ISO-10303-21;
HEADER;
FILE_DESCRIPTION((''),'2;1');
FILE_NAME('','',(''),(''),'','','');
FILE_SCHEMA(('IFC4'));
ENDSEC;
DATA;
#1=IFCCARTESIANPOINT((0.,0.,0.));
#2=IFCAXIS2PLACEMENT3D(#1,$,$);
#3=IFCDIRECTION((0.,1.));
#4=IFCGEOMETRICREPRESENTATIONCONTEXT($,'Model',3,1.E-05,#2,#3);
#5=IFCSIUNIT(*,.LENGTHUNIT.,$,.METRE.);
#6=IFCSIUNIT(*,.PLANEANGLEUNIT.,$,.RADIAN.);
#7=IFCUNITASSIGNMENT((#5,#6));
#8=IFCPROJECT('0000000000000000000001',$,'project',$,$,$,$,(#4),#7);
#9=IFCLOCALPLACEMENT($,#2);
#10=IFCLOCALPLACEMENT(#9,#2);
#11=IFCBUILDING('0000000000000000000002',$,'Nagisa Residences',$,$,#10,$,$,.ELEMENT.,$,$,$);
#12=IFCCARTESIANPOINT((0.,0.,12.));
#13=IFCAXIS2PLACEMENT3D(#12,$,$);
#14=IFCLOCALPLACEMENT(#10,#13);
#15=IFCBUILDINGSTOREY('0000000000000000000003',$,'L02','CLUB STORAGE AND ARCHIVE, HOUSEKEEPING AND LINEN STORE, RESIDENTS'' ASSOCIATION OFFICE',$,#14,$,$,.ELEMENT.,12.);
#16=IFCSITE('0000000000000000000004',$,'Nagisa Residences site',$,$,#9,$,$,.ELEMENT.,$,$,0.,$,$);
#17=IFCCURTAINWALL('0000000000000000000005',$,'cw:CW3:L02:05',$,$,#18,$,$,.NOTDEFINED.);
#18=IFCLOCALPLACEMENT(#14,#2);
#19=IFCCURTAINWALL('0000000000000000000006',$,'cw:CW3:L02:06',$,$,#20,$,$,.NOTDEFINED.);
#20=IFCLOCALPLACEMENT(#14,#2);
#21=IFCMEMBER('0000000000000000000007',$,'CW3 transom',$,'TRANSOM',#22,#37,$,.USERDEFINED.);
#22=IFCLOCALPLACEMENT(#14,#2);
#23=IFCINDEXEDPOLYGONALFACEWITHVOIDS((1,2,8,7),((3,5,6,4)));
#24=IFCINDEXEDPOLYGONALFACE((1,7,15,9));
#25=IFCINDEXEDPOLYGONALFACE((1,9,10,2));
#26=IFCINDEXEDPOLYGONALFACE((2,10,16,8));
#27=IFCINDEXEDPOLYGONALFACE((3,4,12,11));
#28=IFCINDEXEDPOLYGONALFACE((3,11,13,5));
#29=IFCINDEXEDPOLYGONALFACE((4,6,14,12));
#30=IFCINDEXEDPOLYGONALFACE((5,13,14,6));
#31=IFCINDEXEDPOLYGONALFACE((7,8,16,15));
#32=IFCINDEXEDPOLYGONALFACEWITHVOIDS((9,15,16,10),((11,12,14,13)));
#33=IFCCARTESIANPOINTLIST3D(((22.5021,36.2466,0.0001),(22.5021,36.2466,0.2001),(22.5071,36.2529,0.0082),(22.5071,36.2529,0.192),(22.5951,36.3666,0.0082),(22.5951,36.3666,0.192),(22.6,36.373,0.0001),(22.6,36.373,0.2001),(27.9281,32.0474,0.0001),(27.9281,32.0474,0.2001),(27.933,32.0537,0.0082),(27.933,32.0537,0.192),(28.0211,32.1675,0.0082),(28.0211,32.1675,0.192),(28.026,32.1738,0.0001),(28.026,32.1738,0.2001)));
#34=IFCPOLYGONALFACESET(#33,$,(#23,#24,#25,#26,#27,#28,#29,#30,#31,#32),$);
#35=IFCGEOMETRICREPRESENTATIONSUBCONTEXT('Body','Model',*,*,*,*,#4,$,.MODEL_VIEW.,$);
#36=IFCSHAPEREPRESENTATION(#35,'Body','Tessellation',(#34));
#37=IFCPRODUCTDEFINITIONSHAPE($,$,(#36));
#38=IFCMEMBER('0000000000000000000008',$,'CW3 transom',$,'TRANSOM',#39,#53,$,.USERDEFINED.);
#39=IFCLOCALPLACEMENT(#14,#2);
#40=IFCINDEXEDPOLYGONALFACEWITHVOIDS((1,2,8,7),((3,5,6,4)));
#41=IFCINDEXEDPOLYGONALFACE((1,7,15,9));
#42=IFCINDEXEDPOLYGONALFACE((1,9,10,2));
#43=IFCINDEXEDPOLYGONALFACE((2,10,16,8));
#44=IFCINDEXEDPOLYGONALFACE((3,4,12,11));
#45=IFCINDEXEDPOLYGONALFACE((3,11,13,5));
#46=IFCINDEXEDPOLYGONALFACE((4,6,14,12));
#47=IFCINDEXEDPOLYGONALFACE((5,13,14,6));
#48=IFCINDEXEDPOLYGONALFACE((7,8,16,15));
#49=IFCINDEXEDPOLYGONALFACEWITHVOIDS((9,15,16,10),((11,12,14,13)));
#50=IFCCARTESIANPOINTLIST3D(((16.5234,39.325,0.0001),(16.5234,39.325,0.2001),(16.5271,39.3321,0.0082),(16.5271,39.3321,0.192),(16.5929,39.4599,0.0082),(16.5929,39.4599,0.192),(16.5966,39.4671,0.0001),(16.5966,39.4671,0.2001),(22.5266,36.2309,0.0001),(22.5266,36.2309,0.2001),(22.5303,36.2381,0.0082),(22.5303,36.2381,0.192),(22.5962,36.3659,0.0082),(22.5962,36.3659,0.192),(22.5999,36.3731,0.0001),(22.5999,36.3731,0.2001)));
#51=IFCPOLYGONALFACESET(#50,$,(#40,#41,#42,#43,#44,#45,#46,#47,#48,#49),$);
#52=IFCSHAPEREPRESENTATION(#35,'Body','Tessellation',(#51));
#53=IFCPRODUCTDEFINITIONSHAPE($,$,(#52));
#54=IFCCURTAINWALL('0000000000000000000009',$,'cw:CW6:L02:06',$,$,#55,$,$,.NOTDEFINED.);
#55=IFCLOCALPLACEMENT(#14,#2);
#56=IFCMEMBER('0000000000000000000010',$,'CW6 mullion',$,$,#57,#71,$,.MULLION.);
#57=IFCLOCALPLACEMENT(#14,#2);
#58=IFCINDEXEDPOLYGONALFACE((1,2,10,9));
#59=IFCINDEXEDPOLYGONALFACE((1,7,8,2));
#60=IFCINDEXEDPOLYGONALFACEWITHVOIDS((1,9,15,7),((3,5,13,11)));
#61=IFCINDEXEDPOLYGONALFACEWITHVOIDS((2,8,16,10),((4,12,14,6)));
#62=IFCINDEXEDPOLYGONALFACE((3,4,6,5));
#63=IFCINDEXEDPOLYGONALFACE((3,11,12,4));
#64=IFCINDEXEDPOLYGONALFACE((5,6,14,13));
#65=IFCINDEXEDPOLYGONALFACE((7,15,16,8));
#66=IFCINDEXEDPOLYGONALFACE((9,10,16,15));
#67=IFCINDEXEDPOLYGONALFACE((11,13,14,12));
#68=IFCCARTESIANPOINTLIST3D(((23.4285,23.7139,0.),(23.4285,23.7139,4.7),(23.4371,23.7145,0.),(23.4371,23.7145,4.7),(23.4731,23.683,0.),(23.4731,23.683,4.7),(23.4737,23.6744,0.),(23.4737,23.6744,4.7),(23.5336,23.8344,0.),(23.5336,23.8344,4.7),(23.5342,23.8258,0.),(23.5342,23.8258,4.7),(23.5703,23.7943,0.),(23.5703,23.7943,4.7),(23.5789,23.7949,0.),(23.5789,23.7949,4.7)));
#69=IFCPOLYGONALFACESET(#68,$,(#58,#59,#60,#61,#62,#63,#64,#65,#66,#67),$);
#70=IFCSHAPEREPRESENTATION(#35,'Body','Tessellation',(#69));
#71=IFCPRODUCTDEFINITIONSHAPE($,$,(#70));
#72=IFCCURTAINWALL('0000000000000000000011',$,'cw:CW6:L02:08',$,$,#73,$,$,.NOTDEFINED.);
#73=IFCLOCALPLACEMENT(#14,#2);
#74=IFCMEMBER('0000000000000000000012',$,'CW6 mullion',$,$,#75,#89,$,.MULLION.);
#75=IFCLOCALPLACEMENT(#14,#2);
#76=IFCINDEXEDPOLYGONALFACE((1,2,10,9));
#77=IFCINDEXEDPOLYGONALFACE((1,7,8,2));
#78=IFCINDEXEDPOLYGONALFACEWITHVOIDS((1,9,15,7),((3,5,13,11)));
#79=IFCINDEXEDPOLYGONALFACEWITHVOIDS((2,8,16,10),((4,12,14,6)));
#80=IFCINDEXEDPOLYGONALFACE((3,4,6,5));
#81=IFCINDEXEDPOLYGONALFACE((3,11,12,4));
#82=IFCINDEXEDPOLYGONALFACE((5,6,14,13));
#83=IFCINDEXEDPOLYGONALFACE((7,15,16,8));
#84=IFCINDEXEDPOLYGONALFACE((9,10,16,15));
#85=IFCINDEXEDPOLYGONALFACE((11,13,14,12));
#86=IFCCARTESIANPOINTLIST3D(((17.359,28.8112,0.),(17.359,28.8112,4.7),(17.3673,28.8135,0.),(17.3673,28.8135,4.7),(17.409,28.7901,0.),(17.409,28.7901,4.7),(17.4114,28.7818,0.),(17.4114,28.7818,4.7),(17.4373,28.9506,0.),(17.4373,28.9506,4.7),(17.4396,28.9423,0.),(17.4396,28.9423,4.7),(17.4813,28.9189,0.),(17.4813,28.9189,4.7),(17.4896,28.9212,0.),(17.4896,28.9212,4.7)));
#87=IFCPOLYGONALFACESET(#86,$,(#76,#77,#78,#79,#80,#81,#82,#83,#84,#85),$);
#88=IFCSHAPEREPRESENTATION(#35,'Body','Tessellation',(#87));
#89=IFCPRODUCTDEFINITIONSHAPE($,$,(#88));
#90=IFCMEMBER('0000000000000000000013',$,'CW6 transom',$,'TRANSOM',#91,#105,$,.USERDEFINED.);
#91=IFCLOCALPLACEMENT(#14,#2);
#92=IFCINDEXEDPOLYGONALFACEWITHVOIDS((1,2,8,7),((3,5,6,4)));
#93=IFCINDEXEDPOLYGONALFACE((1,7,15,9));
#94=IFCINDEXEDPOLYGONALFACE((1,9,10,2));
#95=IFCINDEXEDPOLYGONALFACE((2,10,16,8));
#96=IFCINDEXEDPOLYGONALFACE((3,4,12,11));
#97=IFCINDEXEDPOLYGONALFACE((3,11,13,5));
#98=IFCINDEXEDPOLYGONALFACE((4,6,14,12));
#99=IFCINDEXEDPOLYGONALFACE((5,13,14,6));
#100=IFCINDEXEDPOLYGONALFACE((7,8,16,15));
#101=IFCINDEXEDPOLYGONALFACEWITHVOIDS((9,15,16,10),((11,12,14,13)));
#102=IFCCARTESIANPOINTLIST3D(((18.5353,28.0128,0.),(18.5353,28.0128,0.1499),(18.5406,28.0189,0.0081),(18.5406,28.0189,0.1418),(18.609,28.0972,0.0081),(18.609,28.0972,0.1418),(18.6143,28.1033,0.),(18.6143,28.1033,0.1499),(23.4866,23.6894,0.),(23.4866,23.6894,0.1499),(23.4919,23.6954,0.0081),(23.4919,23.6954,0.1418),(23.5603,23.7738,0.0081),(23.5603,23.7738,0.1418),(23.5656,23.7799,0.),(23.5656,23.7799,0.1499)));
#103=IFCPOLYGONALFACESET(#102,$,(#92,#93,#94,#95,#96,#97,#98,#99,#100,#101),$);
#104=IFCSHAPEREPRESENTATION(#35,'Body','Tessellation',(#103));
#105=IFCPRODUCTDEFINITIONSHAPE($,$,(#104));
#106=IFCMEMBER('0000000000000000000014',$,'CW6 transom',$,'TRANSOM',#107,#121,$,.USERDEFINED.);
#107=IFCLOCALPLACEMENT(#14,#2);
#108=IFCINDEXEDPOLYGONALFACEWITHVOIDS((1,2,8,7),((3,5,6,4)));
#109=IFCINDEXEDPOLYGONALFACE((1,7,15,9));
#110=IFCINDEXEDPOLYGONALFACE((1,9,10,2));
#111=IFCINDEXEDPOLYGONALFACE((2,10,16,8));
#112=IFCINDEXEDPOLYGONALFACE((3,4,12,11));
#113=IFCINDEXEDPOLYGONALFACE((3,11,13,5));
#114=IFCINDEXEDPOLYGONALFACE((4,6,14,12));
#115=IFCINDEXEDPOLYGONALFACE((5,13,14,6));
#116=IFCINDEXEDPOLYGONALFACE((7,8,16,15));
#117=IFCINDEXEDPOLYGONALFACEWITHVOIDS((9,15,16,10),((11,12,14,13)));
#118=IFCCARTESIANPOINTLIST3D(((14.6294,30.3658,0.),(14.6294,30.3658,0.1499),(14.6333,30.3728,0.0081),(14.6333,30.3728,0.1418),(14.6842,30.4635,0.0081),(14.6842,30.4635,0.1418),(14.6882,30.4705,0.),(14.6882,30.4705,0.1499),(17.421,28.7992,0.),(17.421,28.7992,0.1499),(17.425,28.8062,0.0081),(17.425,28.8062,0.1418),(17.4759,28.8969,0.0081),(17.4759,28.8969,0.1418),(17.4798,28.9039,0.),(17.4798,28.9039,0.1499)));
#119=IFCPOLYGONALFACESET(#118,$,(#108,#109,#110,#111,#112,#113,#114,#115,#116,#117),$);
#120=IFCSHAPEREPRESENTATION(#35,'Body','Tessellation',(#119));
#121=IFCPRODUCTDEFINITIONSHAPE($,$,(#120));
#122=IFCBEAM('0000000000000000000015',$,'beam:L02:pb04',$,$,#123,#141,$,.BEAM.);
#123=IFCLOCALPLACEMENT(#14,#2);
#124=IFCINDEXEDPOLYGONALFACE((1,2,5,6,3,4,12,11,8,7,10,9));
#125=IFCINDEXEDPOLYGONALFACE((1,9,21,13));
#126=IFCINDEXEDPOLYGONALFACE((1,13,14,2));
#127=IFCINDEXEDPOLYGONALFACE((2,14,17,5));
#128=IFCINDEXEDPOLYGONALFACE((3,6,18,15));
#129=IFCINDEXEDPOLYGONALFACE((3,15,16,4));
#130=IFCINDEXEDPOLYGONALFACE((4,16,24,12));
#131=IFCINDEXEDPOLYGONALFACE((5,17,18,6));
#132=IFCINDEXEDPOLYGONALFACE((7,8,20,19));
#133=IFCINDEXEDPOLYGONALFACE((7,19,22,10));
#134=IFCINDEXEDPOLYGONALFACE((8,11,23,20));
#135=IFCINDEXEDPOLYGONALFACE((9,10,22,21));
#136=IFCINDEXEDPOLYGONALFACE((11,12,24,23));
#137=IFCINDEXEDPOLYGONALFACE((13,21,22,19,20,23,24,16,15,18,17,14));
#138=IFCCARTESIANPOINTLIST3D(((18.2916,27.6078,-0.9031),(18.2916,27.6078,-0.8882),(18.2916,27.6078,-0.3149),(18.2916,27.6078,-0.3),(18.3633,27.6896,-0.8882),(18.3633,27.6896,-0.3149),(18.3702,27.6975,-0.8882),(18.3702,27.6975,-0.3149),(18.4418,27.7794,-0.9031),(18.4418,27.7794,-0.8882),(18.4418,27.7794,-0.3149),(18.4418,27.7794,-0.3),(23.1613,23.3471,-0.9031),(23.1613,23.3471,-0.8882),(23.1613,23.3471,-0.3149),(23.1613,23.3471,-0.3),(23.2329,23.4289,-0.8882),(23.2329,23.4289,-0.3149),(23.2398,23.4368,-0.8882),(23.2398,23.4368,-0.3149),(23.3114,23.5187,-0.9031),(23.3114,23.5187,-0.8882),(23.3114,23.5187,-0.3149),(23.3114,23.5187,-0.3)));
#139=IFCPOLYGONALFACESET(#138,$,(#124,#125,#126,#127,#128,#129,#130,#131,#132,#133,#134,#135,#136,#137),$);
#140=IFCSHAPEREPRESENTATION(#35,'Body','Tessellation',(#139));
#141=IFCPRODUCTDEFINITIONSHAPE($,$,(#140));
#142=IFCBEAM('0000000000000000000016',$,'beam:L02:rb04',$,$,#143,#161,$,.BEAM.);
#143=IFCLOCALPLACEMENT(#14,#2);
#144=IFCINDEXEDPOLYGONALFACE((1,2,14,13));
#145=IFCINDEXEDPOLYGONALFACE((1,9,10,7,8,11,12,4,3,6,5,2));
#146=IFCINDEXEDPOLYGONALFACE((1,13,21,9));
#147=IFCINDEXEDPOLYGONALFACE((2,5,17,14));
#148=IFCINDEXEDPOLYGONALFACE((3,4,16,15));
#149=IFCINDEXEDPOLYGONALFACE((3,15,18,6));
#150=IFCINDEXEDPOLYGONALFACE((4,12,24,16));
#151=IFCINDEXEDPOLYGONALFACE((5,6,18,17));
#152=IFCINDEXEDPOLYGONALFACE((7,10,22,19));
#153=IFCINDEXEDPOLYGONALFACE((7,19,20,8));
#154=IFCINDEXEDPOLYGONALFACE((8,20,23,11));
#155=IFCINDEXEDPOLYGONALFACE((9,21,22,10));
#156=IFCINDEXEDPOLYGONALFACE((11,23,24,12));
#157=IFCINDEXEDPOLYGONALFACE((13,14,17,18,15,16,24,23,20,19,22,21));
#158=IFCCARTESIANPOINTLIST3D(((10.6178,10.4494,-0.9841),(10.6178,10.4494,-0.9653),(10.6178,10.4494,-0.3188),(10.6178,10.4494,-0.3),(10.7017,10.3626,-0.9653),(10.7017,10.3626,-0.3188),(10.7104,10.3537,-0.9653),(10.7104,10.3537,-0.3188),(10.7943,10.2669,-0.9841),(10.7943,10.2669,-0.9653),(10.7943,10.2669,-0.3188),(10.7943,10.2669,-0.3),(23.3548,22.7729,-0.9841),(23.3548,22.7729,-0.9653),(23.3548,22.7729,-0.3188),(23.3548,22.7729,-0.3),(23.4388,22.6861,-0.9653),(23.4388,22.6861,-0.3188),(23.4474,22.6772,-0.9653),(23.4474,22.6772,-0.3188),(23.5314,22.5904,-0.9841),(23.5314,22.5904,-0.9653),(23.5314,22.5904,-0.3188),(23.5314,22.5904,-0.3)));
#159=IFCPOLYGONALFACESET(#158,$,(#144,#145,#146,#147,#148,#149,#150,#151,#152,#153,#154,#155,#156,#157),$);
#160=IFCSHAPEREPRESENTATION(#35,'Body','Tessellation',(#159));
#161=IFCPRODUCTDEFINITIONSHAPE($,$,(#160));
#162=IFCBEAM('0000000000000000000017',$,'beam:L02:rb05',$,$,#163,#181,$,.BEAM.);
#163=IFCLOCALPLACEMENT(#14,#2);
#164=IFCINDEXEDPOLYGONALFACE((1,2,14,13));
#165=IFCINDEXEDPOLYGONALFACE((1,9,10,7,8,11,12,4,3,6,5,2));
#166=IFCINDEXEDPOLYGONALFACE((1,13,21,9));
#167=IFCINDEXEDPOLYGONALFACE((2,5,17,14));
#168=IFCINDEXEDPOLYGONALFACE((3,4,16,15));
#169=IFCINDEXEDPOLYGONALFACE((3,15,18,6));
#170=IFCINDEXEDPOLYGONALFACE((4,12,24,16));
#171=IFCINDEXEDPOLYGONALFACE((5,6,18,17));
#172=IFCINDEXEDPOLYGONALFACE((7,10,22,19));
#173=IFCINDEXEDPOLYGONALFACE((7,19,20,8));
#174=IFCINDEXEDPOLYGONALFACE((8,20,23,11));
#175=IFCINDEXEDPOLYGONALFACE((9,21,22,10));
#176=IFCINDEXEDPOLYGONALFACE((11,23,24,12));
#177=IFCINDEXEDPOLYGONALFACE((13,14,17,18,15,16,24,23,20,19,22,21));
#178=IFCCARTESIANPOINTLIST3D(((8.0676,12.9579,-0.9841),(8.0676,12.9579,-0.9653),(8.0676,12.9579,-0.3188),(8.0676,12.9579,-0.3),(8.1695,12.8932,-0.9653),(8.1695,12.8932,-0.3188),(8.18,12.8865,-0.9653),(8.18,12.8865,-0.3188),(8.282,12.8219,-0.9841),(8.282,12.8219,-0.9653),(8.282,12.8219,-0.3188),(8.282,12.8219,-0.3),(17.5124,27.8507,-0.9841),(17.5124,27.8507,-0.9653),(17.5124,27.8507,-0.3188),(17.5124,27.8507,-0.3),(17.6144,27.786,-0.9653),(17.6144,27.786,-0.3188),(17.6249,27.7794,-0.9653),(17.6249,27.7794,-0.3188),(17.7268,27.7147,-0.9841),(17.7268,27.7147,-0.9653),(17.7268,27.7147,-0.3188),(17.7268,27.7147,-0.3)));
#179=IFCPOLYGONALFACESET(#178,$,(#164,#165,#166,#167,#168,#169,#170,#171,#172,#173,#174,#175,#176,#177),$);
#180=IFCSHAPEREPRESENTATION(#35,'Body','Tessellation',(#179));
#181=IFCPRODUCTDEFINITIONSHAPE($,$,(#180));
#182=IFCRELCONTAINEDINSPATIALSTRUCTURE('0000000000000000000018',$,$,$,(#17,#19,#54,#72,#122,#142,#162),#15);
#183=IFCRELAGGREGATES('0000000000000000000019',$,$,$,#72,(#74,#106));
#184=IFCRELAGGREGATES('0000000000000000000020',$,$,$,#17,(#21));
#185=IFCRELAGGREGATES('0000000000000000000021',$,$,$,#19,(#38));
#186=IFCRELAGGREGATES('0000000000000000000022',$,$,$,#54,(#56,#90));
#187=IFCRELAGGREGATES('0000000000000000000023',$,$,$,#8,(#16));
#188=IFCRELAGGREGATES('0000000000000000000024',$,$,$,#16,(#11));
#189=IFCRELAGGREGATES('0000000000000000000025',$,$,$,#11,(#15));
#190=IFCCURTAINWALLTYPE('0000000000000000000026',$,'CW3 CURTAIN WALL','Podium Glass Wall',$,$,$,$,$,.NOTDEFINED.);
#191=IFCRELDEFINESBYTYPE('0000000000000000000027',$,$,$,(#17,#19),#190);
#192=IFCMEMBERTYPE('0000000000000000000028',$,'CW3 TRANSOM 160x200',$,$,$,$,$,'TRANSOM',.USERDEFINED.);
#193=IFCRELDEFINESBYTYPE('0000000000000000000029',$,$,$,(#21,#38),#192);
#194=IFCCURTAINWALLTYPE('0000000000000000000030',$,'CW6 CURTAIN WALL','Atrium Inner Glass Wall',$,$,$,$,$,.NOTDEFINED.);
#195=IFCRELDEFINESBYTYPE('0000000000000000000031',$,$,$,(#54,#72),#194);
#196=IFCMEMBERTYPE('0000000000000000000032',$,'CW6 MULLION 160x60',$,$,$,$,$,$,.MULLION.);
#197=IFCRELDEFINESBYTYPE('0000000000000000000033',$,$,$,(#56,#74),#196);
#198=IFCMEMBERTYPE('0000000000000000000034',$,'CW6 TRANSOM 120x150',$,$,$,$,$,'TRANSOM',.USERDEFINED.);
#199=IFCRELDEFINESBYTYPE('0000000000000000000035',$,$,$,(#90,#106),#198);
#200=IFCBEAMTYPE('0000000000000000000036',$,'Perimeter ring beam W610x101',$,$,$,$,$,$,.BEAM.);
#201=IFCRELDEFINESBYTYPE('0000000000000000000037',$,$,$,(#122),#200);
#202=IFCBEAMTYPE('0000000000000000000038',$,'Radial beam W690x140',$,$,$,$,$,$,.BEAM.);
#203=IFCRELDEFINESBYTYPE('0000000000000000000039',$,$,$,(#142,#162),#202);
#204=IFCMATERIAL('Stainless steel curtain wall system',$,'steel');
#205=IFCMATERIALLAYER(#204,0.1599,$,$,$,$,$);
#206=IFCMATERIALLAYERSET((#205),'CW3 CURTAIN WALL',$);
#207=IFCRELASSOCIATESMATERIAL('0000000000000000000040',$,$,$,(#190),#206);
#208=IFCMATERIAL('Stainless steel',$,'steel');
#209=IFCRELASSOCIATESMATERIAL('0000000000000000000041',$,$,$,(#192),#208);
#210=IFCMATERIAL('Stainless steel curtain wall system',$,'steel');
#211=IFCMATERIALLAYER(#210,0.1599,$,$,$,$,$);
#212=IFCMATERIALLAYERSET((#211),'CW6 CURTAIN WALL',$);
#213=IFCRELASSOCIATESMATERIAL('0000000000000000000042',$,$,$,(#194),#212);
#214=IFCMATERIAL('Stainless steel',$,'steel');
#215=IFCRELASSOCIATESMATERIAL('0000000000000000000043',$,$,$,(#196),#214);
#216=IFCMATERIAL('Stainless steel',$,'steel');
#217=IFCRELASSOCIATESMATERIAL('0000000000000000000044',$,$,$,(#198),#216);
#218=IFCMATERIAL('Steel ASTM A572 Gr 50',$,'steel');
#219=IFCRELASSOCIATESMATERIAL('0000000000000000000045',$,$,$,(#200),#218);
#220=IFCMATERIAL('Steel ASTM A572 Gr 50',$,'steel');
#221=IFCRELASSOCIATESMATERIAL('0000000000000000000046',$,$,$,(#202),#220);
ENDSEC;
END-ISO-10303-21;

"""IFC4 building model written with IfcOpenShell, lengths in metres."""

from ifc_helpers import new_model, si_unit, direction, frame, origin, origin_2d, place, context, subcontext, project, spatial, hollow_rectangle, i_section, extrude, material, layer, layer_set, material_profile, profile_set, type_object, element, aggregate, save


model = new_model("IFC4")

# Units and contexts
model_context = context("Model", 3, precision=1e-05, world=origin(), true_north=direction((0.0, 1.0)))
body_context = subcontext(model_context, "Body", "Model", "MODEL_VIEW")
ifc_project = project(units=[si_unit("LENGTHUNIT", "METRE"), si_unit("PLANEANGLEUNIT", "RADIAN")], contexts=[model_context])

# Site, building, storey
site_placement = place(None, origin())
site = spatial("IfcSite", under=ifc_project, at=site_placement, Name="Nagisa Residences site", CompositionType="ELEMENT", RefElevation=0.0)
building_placement = place(site_placement, origin())
building = spatial("IfcBuilding", under=site, at=building_placement, Name="Nagisa Residences", CompositionType="ELEMENT")
storey_placement = place(building_placement, frame((0.0, 0.0, 12.0)))
storey = spatial("IfcBuildingStorey", under=building, at=storey_placement, Name="L02", Description="CLUB STORAGE AND ARCHIVE, HOUSEKEEPING AND LINEN STORE, RESIDENTS' ASSOCIATION OFFICE", CompositionType="ELEMENT", Elevation=12.0)

# Curtain walls
ifc_material_1 = material(Name="Stainless steel curtain wall system", Category="steel")
ifc_layer_1 = layer(ifc_material_1, 0.1599)
ifc_layer_set_1 = layer_set([ifc_layer_1], Name="CW3 CURTAIN WALL")
curtain_wall_type_1 = type_object("IfcCurtainWallType", Name="CW3 CURTAIN WALL", Description="Podium Glass Wall", PredefinedType="NOTDEFINED", material=ifc_layer_set_1)
curtain_wall_1_placement = place(storey_placement, origin())
curtain_wall_1 = element("IfcCurtainWall", 1, at=curtain_wall_1_placement, inside=storey, type_object=curtain_wall_type_1, Name="cw:CW3:L02:05", PredefinedType="NOTDEFINED")
curtain_wall_2_placement = place(storey_placement, origin())
curtain_wall_2 = element("IfcCurtainWall", 2, at=curtain_wall_2_placement, inside=storey, type_object=curtain_wall_type_1, Name="cw:CW3:L02:06", PredefinedType="NOTDEFINED")

# Members
ifc_material_2 = material(Name="Stainless steel", Category="steel")
ifc_material_profile_1 = material_profile(ifc_material_2, hollow_rectangle(XDim=0.1599, YDim=0.2, WallThickness=0.0081, at=origin_2d()), Name="CW3 TRANSOM 160x200")
ifc_profile_set_1 = profile_set([ifc_material_profile_1], Name="Stainless steel")
member_type_1 = type_object("IfcMemberType", Name="CW3 TRANSOM 160x200", ElementType="TRANSOM", PredefinedType="USERDEFINED", material=ifc_profile_set_1)
member_1_placement = place(storey_placement, frame((27.9771, 32.1106, 0.1001), z_axis=(-0.790835, 0.61203, 0.0), x_axis=(-0.61203, -0.790835, 0.0)))
member_1 = element("IfcMember", 3, at=member_1_placement, type_object=member_type_1, Name="CW3 transom", ObjectType="TRANSOM", PredefinedType="USERDEFINED", context=body_context, shape_type="SweptSolid", body=[
    extrude(hollow_rectangle(XDim=0.1599, YDim=0.2, WallThickness=0.0081, at=origin_2d()), origin(), (0.0, 0.0, 1.0), 6.8611),
])
member_2_placement = place(storey_placement, frame((22.5632, 36.302, 0.1001), z_axis=(-0.888887, 0.458126, 0.0), x_axis=(-0.458126, -0.888887, 0.0)))
member_2 = element("IfcMember", 4, at=member_2_placement, type_object=member_type_1, Name="CW3 transom", ObjectType="TRANSOM", PredefinedType="USERDEFINED", context=body_context, shape_type="SweptSolid", body=[
    extrude(hollow_rectangle(XDim=0.1599, YDim=0.2, WallThickness=0.0081, at=origin_2d()), origin(), (0.0, 0.0, 1.0), 6.7537),
])

# Curtain walls, members
ifc_material_3 = material(Name="Stainless steel curtain wall system", Category="steel")
ifc_layer_2 = layer(ifc_material_3, 0.1599)
ifc_layer_set_2 = layer_set([ifc_layer_2], Name="CW6 CURTAIN WALL")
curtain_wall_type_2 = type_object("IfcCurtainWallType", Name="CW6 CURTAIN WALL", Description="Atrium Inner Glass Wall", PredefinedType="NOTDEFINED", material=ifc_layer_set_2)
curtain_wall_3_placement = place(storey_placement, origin())
curtain_wall_3 = element("IfcCurtainWall", 5, at=curtain_wall_3_placement, inside=storey, type_object=curtain_wall_type_2, Name="cw:CW6:L02:06", PredefinedType="NOTDEFINED")
ifc_material_4 = material(Name="Stainless steel", Category="steel")
ifc_material_profile_2 = material_profile(ifc_material_4, hollow_rectangle(XDim=0.1599, YDim=0.0601, WallThickness=0.0061, at=origin_2d()), Name="CW6 MULLION 160x60")
ifc_profile_set_2 = profile_set([ifc_material_profile_2], Name="Stainless steel")
member_type_2 = type_object("IfcMemberType", Name="CW6 MULLION 160x60", PredefinedType="MULLION", material=ifc_profile_set_2)
member_3_placement = place(storey_placement, frame((23.5037, 23.7544, 0.0), z_axis=(0.0, 0.0, 1.0), x_axis=(-0.657721, -0.753261, 0.0)))
member_3 = element("IfcMember", 6, at=member_3_placement, type_object=member_type_2, Name="CW6 mullion", PredefinedType="MULLION", context=body_context, shape_type="SweptSolid", body=[
    extrude(hollow_rectangle(XDim=0.1599, YDim=0.0601, WallThickness=0.0061, at=origin_2d()), origin(), (0.0, 0.0, 1.0), 4.7),
])
curtain_wall_4_placement = place(storey_placement, origin())
curtain_wall_4 = element("IfcCurtainWall", 7, at=curtain_wall_4_placement, inside=storey, type_object=curtain_wall_type_2, Name="cw:CW6:L02:08", PredefinedType="NOTDEFINED")
member_4_placement = place(storey_placement, frame((17.4243, 28.8662, 0.0), z_axis=(0.0, 0.0, 1.0), x_axis=(-0.489377, -0.872072, 0.0)))
member_4 = element("IfcMember", 8, at=member_4_placement, type_object=member_type_2, Name="CW6 mullion", PredefinedType="MULLION", context=body_context, shape_type="SweptSolid", body=[
    extrude(hollow_rectangle(XDim=0.1599, YDim=0.0601, WallThickness=0.0061, at=origin_2d()), origin(), (0.0, 0.0, 1.0), 4.7),
])

# Members
ifc_material_5 = material(Name="Stainless steel", Category="steel")
ifc_material_profile_3 = material_profile(ifc_material_5, hollow_rectangle(XDim=0.1201, YDim=0.1499, WallThickness=0.0081, at=origin_2d()), Name="CW6 TRANSOM 120x150")
ifc_profile_set_3 = profile_set([ifc_material_profile_3], Name="Stainless steel")
member_type_3 = type_object("IfcMemberType", Name="CW6 TRANSOM 120x150", ElementType="TRANSOM", PredefinedType="USERDEFINED", material=ifc_profile_set_3)
member_5_placement = place(storey_placement, frame((23.5261, 23.7346, 0.075), z_axis=(-0.753255, 0.657729, 0.0), x_axis=(-0.657729, -0.753255, 0.0)))
member_5 = element("IfcMember", 9, at=member_5_placement, type_object=member_type_3, Name="CW6 transom", ObjectType="TRANSOM", PredefinedType="USERDEFINED", context=body_context, shape_type="SweptSolid", body=[
    extrude(hollow_rectangle(XDim=0.1201, YDim=0.1499, WallThickness=0.0081, at=origin_2d()), origin(), (0.0, 0.0, 1.0), 6.5732),
])
member_6_placement = place(storey_placement, frame((17.4504, 28.8516, 0.075), z_axis=(-0.87207, 0.489381, 0.0), x_axis=(-0.489381, -0.87207, 0.0)))
member_6 = element("IfcMember", 10, at=member_6_placement, type_object=member_type_3, Name="CW6 transom", ObjectType="TRANSOM", PredefinedType="USERDEFINED", context=body_context, shape_type="SweptSolid", body=[
    extrude(hollow_rectangle(XDim=0.1201, YDim=0.1499, WallThickness=0.0081, at=origin_2d()), origin(), (0.0, 0.0, 1.0), 3.2012),
])
aggregate(curtain_wall_4, [member_4, member_6])

# Beams
ifc_material_6 = material(Name="Steel ASTM A572 Gr 50", Category="steel")
ifc_material_profile_4 = material_profile(ifc_material_6, i_section(OverallWidth=0.228, OverallDepth=0.603, WebThickness=0.0105, FlangeThickness=0.0149, at=origin_2d()), Name="W610x101")
ifc_profile_set_4 = profile_set([ifc_material_profile_4], Name="Steel ASTM A572 Gr 50")
beam_type_1 = type_object("IfcBeamType", Name="Perimeter ring beam W610x101", PredefinedType="BEAM", material=ifc_profile_set_4)
beam_1_placement = place(storey_placement, frame((23.2363, 23.4329, -0.6016), z_axis=(-0.752591, 0.658489, 0.0), x_axis=(-0.658489, -0.752591, 0.0)))
element("IfcBeam", 11, at=beam_1_placement, inside=storey, type_object=beam_type_1, Name="beam:L02:pb04", PredefinedType="BEAM", context=body_context, shape_type="SweptSolid", body=[
    extrude(i_section(OverallWidth=0.228, OverallDepth=0.603, WebThickness=0.0105, FlangeThickness=0.0149, at=origin_2d()), origin(), (0.0, 0.0, 1.0), 6.4705),
])
ifc_material_7 = material(Name="Steel ASTM A572 Gr 50", Category="steel")
ifc_material_profile_5 = material_profile(ifc_material_7, i_section(OverallWidth=0.2539, OverallDepth=0.6841, WebThickness=0.0125, FlangeThickness=0.0188, at=origin_2d()), Name="W690x140")
ifc_profile_set_5 = profile_set([ifc_material_profile_5], Name="Steel ASTM A572 Gr 50")
beam_type_2 = type_object("IfcBeamType", Name="Radial beam W690x140", PredefinedType="BEAM", material=ifc_profile_set_5)
beam_2_placement = place(storey_placement, frame((23.4431, 22.6816, -0.6421), z_axis=(-0.718678, -0.695343, 0.0), x_axis=(0.695343, -0.718678, 0.0)))
element("IfcBeam", 12, at=beam_2_placement, inside=storey, type_object=beam_type_2, Name="beam:L02:rb04", PredefinedType="BEAM", context=body_context, shape_type="SweptSolid", body=[
    extrude(i_section(OverallWidth=0.2539, OverallDepth=0.6841, WebThickness=0.0125, FlangeThickness=0.0188, at=origin_2d()), origin(), (0.0, 0.0, 1.0), 17.7229),
])
beam_3_placement = place(storey_placement, frame((17.6196, 27.7827, -0.6421), z_axis=(-0.535566, -0.844493, 0.0), x_axis=(0.844493, -0.535566, 0.0)))
element("IfcBeam", 13, at=beam_3_placement, inside=storey, type_object=beam_type_2, Name="beam:L02:rb05", PredefinedType="BEAM", context=body_context, shape_type="SweptSolid", body=[
    extrude(i_section(OverallWidth=0.2539, OverallDepth=0.6841, WebThickness=0.0125, FlangeThickness=0.0188, at=origin_2d()), origin(), (0.0, 0.0, 1.0), 17.6353),
])

aggregate(curtain_wall_1, [member_1])
aggregate(curtain_wall_2, [member_2])
aggregate(curtain_wall_3, [member_3, member_5])

save(model, "model.ifc")
